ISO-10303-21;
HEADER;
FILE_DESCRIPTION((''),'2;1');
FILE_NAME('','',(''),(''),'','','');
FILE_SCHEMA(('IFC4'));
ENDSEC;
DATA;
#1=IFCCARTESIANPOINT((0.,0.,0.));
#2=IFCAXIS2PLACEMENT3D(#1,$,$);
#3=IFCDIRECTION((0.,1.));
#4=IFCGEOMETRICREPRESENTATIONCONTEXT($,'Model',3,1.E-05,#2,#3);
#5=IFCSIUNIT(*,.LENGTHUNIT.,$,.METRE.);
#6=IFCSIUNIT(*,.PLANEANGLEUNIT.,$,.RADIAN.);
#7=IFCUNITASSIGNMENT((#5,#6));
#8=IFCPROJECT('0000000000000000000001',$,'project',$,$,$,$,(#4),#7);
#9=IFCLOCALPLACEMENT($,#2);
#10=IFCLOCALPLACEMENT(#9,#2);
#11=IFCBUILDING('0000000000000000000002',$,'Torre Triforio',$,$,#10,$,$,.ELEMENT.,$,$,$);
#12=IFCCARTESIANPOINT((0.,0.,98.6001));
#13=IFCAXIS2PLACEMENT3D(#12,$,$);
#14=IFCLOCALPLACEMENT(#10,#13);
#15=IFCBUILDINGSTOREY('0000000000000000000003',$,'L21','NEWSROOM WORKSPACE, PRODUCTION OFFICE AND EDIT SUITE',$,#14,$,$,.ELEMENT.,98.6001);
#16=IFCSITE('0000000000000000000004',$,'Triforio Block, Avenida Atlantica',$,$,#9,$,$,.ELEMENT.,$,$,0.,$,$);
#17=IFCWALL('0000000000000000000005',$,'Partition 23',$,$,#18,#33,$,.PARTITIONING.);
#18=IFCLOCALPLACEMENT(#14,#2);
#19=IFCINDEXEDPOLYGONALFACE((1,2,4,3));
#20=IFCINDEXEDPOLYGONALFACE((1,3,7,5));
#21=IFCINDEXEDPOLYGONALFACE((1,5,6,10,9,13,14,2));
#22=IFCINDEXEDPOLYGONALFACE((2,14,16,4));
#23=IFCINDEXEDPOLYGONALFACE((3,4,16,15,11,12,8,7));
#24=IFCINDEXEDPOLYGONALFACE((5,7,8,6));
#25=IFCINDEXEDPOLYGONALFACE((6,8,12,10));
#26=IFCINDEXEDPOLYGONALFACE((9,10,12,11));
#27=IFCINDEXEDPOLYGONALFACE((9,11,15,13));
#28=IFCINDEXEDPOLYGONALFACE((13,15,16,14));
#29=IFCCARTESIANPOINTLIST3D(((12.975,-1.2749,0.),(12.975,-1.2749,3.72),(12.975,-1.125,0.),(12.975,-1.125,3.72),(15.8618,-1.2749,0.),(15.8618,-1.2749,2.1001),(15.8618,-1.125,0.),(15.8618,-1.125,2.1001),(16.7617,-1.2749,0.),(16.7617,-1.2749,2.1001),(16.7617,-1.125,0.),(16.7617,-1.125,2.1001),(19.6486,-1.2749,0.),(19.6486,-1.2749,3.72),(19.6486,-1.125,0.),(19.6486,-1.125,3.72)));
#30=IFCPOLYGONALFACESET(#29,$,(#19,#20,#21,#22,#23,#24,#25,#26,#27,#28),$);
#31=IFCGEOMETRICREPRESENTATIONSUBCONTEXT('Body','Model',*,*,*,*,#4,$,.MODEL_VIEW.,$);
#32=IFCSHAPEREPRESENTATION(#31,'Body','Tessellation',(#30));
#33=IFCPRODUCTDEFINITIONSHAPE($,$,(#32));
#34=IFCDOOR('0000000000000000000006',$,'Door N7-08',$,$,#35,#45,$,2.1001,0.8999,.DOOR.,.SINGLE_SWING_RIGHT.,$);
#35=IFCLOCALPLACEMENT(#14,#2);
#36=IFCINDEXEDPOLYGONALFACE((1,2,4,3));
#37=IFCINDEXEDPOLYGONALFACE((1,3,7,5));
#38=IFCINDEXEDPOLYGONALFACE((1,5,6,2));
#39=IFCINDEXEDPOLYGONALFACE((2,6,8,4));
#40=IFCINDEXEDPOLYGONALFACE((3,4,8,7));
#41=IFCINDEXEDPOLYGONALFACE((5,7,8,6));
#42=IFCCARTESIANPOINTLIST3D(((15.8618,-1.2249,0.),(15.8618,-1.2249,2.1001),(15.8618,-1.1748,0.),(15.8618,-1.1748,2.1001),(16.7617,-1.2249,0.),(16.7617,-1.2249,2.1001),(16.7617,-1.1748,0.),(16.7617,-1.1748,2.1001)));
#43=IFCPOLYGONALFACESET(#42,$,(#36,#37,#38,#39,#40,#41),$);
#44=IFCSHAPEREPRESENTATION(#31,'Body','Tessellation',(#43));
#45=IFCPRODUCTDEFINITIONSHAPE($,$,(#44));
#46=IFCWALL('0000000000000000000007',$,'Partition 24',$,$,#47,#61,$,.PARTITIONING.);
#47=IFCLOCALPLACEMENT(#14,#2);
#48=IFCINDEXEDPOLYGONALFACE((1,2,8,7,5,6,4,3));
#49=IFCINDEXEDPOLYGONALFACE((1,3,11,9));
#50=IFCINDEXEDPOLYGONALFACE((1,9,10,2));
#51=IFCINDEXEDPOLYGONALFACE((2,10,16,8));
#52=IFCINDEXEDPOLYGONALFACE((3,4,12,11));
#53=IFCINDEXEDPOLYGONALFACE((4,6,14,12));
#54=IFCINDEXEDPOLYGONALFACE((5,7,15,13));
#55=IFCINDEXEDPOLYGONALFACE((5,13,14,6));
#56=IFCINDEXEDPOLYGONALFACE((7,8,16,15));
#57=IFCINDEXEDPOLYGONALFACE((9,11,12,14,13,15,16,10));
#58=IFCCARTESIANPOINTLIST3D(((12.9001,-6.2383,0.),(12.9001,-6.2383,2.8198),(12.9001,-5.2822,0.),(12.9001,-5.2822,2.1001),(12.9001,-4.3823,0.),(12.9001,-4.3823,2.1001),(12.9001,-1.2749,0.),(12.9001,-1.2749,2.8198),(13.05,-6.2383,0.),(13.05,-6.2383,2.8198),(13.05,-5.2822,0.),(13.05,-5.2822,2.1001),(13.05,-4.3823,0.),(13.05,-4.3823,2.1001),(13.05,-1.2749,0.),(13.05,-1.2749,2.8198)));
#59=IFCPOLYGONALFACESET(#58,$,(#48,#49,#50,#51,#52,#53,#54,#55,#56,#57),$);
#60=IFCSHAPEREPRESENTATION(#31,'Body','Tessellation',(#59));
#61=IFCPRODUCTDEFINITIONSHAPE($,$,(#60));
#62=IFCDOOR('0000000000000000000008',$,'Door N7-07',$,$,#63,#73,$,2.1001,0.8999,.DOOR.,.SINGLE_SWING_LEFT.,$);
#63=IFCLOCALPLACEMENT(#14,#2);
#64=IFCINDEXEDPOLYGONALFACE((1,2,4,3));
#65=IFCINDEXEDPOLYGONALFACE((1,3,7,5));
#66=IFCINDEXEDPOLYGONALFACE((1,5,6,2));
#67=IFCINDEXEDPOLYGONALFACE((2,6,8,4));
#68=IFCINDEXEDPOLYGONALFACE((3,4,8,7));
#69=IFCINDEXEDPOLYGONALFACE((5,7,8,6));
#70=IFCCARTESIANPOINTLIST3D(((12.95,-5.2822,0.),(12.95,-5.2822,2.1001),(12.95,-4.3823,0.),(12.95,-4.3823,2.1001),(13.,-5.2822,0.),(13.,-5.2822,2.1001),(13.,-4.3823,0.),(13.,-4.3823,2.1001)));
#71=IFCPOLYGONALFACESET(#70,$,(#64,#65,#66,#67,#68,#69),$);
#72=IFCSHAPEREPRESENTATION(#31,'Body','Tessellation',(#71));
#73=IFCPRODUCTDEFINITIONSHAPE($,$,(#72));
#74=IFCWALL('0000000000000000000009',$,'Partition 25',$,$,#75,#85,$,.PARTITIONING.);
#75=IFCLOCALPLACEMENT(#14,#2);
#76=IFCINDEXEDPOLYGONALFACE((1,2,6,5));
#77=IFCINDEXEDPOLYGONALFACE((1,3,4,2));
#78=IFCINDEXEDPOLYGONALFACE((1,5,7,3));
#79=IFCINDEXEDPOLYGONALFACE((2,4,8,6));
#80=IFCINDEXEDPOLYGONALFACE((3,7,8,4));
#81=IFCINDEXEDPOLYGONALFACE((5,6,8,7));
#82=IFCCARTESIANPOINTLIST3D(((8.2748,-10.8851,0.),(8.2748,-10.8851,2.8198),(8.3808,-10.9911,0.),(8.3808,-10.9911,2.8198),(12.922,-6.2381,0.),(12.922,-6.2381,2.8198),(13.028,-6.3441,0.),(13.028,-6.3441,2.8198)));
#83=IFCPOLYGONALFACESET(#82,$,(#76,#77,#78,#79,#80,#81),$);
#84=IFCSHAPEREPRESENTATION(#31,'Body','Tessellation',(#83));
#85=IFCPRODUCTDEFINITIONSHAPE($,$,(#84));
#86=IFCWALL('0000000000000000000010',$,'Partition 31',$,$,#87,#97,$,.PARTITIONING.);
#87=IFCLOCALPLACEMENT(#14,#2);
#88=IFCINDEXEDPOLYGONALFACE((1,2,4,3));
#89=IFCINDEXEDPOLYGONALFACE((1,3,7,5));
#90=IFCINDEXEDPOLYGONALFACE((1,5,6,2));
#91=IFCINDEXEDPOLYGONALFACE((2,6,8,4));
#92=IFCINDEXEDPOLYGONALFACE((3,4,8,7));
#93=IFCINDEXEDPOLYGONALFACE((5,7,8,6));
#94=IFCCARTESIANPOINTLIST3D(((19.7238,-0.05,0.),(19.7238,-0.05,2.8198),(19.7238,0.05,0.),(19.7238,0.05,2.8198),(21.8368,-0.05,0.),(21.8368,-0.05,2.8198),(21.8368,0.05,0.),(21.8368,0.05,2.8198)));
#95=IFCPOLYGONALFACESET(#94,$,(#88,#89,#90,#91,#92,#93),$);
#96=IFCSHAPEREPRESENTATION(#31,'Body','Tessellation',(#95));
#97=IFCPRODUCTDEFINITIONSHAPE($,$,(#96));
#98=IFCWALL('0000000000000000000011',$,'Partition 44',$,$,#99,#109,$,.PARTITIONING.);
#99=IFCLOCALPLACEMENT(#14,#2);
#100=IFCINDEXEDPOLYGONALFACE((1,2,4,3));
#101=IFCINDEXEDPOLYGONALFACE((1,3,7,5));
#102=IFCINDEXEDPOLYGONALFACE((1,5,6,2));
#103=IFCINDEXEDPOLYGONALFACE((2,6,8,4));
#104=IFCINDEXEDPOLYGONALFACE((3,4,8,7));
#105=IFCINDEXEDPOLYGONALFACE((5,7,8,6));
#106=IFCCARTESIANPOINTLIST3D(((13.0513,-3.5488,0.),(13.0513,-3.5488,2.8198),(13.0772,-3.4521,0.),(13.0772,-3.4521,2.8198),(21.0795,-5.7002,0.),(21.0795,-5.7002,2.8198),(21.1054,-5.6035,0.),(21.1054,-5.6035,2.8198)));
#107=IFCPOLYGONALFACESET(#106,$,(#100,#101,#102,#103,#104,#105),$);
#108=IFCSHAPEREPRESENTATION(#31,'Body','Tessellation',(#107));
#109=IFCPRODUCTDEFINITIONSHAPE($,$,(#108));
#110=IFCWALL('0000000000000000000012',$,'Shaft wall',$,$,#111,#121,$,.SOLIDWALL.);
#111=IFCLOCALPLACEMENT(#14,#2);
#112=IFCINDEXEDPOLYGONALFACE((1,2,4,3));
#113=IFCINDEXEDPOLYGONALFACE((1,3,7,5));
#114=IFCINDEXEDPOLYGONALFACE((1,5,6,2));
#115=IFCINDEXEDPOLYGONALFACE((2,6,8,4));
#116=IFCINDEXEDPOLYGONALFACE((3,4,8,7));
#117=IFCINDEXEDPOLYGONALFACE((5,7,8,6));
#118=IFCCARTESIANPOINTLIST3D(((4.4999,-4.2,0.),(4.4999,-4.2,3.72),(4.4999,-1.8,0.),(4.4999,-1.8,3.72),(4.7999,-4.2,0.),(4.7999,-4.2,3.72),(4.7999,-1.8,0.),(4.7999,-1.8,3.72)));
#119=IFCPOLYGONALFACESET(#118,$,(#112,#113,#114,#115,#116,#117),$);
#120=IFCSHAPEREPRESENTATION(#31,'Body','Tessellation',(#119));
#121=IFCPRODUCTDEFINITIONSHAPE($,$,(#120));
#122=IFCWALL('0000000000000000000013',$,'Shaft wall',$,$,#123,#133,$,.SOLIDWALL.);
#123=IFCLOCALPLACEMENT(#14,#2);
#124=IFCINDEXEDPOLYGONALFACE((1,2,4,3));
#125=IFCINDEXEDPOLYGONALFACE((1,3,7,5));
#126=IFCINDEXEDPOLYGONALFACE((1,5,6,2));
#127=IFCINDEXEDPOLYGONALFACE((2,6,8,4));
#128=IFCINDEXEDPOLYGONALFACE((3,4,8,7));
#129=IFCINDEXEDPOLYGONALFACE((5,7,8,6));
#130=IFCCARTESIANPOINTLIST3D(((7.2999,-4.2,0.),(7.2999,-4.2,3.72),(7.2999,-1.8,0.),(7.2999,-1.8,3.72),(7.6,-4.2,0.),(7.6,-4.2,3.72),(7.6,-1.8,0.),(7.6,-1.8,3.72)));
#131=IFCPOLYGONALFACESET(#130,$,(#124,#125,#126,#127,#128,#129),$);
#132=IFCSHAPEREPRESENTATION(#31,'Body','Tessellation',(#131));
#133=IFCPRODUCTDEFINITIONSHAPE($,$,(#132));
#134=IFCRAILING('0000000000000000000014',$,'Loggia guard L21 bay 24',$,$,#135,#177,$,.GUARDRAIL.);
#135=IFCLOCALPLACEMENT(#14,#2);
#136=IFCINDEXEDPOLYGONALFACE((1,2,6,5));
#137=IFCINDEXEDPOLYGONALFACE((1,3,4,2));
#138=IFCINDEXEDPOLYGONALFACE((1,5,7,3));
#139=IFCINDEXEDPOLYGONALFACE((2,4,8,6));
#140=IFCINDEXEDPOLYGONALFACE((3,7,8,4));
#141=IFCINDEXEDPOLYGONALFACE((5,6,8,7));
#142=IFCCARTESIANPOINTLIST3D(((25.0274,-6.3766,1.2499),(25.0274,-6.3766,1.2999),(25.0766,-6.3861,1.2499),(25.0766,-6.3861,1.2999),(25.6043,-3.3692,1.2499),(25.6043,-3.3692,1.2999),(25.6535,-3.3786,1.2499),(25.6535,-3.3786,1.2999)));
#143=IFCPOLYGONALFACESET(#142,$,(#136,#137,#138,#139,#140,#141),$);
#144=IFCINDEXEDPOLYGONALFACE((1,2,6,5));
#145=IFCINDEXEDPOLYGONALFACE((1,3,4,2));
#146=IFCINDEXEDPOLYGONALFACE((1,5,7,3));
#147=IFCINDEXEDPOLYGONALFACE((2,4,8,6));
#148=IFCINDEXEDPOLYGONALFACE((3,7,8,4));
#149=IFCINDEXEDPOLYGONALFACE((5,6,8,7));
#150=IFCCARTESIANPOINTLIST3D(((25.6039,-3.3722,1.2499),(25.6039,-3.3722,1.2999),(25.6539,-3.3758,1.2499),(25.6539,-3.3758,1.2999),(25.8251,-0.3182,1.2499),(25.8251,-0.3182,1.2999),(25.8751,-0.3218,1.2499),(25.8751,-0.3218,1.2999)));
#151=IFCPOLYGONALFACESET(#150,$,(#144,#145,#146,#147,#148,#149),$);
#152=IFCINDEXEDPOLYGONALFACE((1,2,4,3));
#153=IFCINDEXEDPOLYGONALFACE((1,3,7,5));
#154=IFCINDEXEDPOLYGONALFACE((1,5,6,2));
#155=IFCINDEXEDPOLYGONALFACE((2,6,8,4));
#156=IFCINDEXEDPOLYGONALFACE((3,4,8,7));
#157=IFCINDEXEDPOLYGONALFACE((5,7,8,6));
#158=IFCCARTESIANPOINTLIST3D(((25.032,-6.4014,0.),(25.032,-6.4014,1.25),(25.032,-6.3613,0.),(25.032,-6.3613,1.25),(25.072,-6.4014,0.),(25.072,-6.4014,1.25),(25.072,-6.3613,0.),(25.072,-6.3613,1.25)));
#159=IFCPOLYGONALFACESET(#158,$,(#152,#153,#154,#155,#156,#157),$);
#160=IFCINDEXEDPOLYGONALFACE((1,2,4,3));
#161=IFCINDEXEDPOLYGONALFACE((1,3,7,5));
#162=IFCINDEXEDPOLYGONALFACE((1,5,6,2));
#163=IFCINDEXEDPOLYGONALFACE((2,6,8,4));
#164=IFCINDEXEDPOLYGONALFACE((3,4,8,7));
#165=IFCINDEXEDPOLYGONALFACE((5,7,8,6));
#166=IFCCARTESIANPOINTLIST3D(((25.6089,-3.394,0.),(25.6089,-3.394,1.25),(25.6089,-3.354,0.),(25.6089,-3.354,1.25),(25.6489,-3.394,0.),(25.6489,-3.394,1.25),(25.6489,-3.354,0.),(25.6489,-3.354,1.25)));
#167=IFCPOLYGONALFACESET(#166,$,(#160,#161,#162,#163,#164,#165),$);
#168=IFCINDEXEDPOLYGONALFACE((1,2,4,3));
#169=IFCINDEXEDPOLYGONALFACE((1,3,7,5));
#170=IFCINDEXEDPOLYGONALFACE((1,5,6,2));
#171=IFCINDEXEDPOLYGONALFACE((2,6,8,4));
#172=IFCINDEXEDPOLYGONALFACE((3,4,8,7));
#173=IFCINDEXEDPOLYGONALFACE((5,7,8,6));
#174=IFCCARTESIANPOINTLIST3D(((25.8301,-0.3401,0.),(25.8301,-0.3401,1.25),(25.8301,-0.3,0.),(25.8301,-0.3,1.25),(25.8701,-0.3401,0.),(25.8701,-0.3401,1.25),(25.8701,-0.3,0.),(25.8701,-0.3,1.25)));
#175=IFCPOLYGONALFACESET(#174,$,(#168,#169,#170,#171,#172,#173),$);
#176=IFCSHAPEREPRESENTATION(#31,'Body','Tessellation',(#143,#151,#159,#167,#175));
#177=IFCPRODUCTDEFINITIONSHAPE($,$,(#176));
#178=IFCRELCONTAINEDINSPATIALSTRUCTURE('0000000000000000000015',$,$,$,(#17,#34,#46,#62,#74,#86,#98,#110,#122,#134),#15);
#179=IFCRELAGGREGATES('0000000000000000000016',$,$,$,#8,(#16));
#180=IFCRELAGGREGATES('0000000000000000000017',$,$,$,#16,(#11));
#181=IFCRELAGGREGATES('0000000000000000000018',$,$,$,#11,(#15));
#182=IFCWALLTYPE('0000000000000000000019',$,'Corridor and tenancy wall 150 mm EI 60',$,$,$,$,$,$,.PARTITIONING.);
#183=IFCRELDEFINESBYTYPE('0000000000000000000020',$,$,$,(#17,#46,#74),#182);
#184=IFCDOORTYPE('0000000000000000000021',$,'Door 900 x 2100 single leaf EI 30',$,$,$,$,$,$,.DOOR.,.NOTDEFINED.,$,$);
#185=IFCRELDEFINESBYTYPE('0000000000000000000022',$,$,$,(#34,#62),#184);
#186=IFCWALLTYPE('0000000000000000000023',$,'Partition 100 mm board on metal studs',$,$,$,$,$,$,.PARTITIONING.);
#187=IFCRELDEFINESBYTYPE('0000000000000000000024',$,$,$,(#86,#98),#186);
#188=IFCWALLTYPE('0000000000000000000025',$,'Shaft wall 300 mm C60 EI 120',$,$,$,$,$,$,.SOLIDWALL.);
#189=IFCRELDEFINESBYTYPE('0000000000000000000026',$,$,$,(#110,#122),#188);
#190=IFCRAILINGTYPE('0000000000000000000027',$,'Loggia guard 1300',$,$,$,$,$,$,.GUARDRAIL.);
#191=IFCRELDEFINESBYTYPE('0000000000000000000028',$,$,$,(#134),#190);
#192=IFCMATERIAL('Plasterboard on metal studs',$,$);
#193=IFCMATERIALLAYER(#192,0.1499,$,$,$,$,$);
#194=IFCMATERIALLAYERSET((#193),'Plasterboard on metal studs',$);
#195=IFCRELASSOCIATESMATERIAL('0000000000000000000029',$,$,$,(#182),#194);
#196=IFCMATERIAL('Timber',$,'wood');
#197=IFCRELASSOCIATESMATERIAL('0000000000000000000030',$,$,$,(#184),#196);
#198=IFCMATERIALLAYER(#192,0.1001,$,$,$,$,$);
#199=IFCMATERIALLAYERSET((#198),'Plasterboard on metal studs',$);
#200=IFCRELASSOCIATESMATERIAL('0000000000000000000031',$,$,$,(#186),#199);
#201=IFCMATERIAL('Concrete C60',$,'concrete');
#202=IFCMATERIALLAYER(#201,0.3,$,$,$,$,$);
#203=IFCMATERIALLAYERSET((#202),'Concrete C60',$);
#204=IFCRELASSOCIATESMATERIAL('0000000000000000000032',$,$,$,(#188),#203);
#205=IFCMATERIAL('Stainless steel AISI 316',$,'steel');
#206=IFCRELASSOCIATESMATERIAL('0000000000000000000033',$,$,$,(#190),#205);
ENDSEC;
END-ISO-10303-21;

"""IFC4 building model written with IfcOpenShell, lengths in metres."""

from ifc_helpers import new_model, si_unit, direction, frame, frame_2d, origin, origin_2d, place, context, subcontext, project, spatial, rectangle, extrude, material, layer, layer_set, type_object, element, fill, save


model = new_model("IFC4")

# Units and contexts
model_context = context("Model", 3, precision=1e-05, world=origin(), true_north=direction((0.0, 1.0)))
body_context = subcontext(model_context, "Body", "Model", "MODEL_VIEW")
ifc_project = project(units=[si_unit("LENGTHUNIT", "METRE"), si_unit("PLANEANGLEUNIT", "RADIAN")], contexts=[model_context])

# Site, building, storey
site_placement = place(None, origin())
site = spatial("IfcSite", under=ifc_project, at=site_placement, Name="Triforio Block, Avenida Atlantica", CompositionType="ELEMENT", RefElevation=0.0)
building_placement = place(site_placement, origin())
building = spatial("IfcBuilding", under=site, at=building_placement, Name="Torre Triforio", CompositionType="ELEMENT")
storey_placement = place(building_placement, frame((0.0, 0.0, 98.6001)))
storey = spatial("IfcBuildingStorey", under=building, at=storey_placement, Name="L21", Description="NEWSROOM WORKSPACE, PRODUCTION OFFICE AND EDIT SUITE", CompositionType="ELEMENT", Elevation=98.6001)

# Shared definitions
ifc_material_1 = material(Name="Concrete C60", Category="concrete")

# Walls, openings, doors
ifc_material_2 = material(Name="Plasterboard on metal studs")
ifc_layer_1 = layer(ifc_material_2, 0.1499)
ifc_layer_set_1 = layer_set([ifc_layer_1], Name="Plasterboard on metal studs")
wall_type_1 = type_object("IfcWallType", Name="Corridor and tenancy wall 150 mm EI 60", PredefinedType="PARTITIONING", material=ifc_layer_set_1)
wall_1_placement = place(storey_placement, frame((19.6487, -1.2, 0.0), z_axis=(0.0, 0.0, 1.0), x_axis=(-1.0, 0.0, 0.0)))
wall_1 = element("IfcWall", 1, at=wall_1_placement, inside=storey, type_object=wall_type_1, Name="Partition 23", PredefinedType="PARTITIONING", context=body_context, shape_type="SweptSolid", body=[
    extrude(rectangle(XDim=6.6736, YDim=0.1499, at=frame_2d((3.3369, 0.0))), origin(), (0.0, 0.0, 1.0), 3.72),
])
opening_1_placement = place(wall_1_placement, frame((2.887, 0.0, 0.0)))
opening_1 = element("IfcOpeningElement", 2, at=opening_1_placement, cuts=wall_1, PredefinedType="OPENING", context=body_context, shape_type="SweptSolid", body=[
    extrude(rectangle(XDim=0.8999, YDim=2.1001, at=frame_2d((0.45, 1.05))), frame((0.0, 0.085, 0.0), z_axis=(0.0, -1.0, 0.0), x_axis=(1.0, 0.0, 0.0)), (0.0, 0.0, 1.0), 0.1699),
])
ifc_material_3 = material(Name="Timber", Category="wood")
door_type_1 = type_object("IfcDoorType", Name="Door 900 x 2100 single leaf EI 30", OperationType="NOTDEFINED", PredefinedType="DOOR", material=ifc_material_3)
door_1_placement = place(opening_1_placement, origin())
door_1 = element("IfcDoor", 3, at=door_1_placement, inside=storey, type_object=door_type_1, Name="Door N7-08", OperationType="SINGLE_SWING_RIGHT", OverallHeight=2.1001, OverallWidth=0.8999, PredefinedType="DOOR", context=body_context, shape_type="SweptSolid", body=[
    extrude(rectangle(XDim=0.8999, YDim=2.1001, at=frame_2d((0.45, 1.05))), frame((0.0, 0.0249, 0.0), z_axis=(0.0, -1.0, 0.0), x_axis=(1.0, 0.0, 0.0)), (0.0, 0.0, 1.0), 0.05),
])
fill(opening_1, door_1)
wall_2_placement = place(storey_placement, frame((12.9751, -1.2749, 0.0), z_axis=(0.0, 0.0, 1.0), x_axis=(0.0, -1.0, 0.0)))
wall_2 = element("IfcWall", 4, at=wall_2_placement, inside=storey, type_object=wall_type_1, Name="Partition 24", PredefinedType="PARTITIONING", context=body_context, shape_type="SweptSolid", body=[
    extrude(rectangle(XDim=4.9634, YDim=0.1499, at=frame_2d((2.4817, 0.0))), origin(), (0.0, 0.0, 1.0), 2.8198),
])
opening_2_placement = place(wall_2_placement, frame((3.1074, 0.0, 0.0)))
opening_2 = element("IfcOpeningElement", 5, at=opening_2_placement, cuts=wall_2, PredefinedType="OPENING", context=body_context, shape_type="SweptSolid", body=[
    extrude(rectangle(XDim=0.8999, YDim=2.1001, at=frame_2d((0.45, 1.05))), frame((0.0, 0.085, 0.0), z_axis=(0.0, -1.0, 0.0), x_axis=(1.0, 0.0, 0.0)), (0.0, 0.0, 1.0), 0.1699),
])
door_2_placement = place(opening_2_placement, origin())
door_2 = element("IfcDoor", 6, at=door_2_placement, inside=storey, type_object=door_type_1, Name="Door N7-07", OperationType="SINGLE_SWING_LEFT", OverallHeight=2.1001, OverallWidth=0.8999, PredefinedType="DOOR", context=body_context, shape_type="SweptSolid", body=[
    extrude(rectangle(XDim=0.8999, YDim=2.1001, at=frame_2d((0.45, 1.05))), frame((0.0, 0.0249, 0.0), z_axis=(0.0, -1.0, 0.0), x_axis=(1.0, 0.0, 0.0)), (0.0, 0.0, 1.0), 0.05),
])
fill(opening_2, door_2)

# Walls
wall_3_placement = place(storey_placement, frame((12.9751, -6.291, 0.0), z_axis=(0.0, 0.0, 1.0), x_axis=(-0.707125, -0.707088, 0.0)))
element("IfcWall", 7, at=wall_3_placement, inside=storey, type_object=wall_type_1, Name="Partition 25", PredefinedType="PARTITIONING", context=body_context, shape_type="SweptSolid", body=[
    extrude(rectangle(XDim=6.572, YDim=0.1499, at=frame_2d((3.2861, 0.0))), origin(), (0.0, 0.0, 1.0), 2.8198),
])
ifc_layer_2 = layer(ifc_material_2, 0.1001)
ifc_layer_set_2 = layer_set([ifc_layer_2], Name="Plasterboard on metal studs")
wall_type_2 = type_object("IfcWallType", Name="Partition 100 mm board on metal studs", PredefinedType="PARTITIONING", material=ifc_layer_set_2)
wall_4_placement = place(storey_placement, frame((19.7236, 0.0, 0.0), z_axis=(0.0, 0.0, 1.0), x_axis=(1.0, 0.0, 0.0)))
element("IfcWall", 8, at=wall_4_placement, inside=storey, type_object=wall_type_2, Name="Partition 31", PredefinedType="PARTITIONING", context=body_context, shape_type="SweptSolid", body=[
    extrude(rectangle(XDim=2.113, YDim=0.1001, at=frame_2d((1.0566, 0.0))), origin(), (0.0, 0.0, 1.0), 2.8198),
])
wall_5_placement = place(storey_placement, frame((13.0642, -3.5005, 0.0), z_axis=(0.0, 0.0, 1.0), x_axis=(0.96592, -0.25884, 0.0)))
element("IfcWall", 9, at=wall_5_placement, inside=storey, type_object=wall_type_2, Name="Partition 44", PredefinedType="PARTITIONING", context=body_context, shape_type="SweptSolid", body=[
    extrude(rectangle(XDim=8.3115, YDim=0.1001, at=frame_2d((4.1558, 0.0))), origin(), (0.0, 0.0, 1.0), 2.8198),
])
ifc_layer_3 = layer(ifc_material_1, 0.3)
ifc_layer_set_3 = layer_set([ifc_layer_3], Name="Concrete C60")
wall_type_3 = type_object("IfcWallType", Name="Shaft wall 300 mm C60 EI 120", PredefinedType="SOLIDWALL", material=ifc_layer_set_3)
for number, where, z_axis, x_axis, name in (
    (10, (4.6499, -4.2, 0.0), (0.0, 0.0, 1.0), (0.0, 1.0, 0.0), "Shaft wall"),
    (11, (7.45, -4.2, 0.0), (0.0, 0.0, 1.0), (0.0, 1.0, 0.0), "Shaft wall"),
):
    element("IfcWall", number, at=place(storey_placement, frame(where, z_axis=z_axis, x_axis=x_axis)), inside=storey, type_object=wall_type_3, Name=name, PredefinedType="SOLIDWALL", context=body_context, shape_type="SweptSolid", body=[
        extrude(rectangle(XDim=2.3999, YDim=0.3, at=frame_2d((1.2, 0.0))), origin(), (0.0, 0.0, 1.0), 3.72),
    ])

# Railing
ifc_material_4 = material(Name="Stainless steel AISI 316", Category="steel")
railing_type = type_object("IfcRailingType", Name="Loggia guard 1300", PredefinedType="GUARDRAIL", material=ifc_material_4)
railing_placement = place(storey_placement, frame((25.052, -6.3813, 0.0)))
element("IfcRailing", 12, at=railing_placement, inside=storey, type_object=railing_type, Name="Loggia guard L21 bay 24", PredefinedType="GUARDRAIL", context=body_context, shape_type="SweptSolid", body=[
    extrude(rectangle(XDim=0.05, YDim=0.05, at=origin_2d()), frame((0.0, 0.0, 1.2749), z_axis=(0.188398, 0.982093, 0.0), x_axis=(-0.982093, 0.188398, 0.0)), (0.0, 0.0, 1.0), 3.0623),
    extrude(rectangle(XDim=0.05, YDim=0.05, at=origin_2d()), frame((0.5769, 3.0073, 1.2749), z_axis=(0.072239, 0.997387, 0.0), x_axis=(-0.997387, 0.072239, 0.0)), (0.0, 0.0, 1.0), 3.062),
    extrude(rectangle(XDim=0.04, YDim=0.04, at=origin_2d()), origin(), (0.0, 0.0, 1.0), 1.25),
    extrude(rectangle(XDim=0.04, YDim=0.04, at=origin_2d()), frame((0.5769, 3.0073, 0.0)), (0.0, 0.0, 1.0), 1.25),
    extrude(rectangle(XDim=0.04, YDim=0.04, at=origin_2d()), frame((0.7981, 6.0613, 0.0)), (0.0, 0.0, 1.0), 1.25),
])

save(model, "model.ifc")
